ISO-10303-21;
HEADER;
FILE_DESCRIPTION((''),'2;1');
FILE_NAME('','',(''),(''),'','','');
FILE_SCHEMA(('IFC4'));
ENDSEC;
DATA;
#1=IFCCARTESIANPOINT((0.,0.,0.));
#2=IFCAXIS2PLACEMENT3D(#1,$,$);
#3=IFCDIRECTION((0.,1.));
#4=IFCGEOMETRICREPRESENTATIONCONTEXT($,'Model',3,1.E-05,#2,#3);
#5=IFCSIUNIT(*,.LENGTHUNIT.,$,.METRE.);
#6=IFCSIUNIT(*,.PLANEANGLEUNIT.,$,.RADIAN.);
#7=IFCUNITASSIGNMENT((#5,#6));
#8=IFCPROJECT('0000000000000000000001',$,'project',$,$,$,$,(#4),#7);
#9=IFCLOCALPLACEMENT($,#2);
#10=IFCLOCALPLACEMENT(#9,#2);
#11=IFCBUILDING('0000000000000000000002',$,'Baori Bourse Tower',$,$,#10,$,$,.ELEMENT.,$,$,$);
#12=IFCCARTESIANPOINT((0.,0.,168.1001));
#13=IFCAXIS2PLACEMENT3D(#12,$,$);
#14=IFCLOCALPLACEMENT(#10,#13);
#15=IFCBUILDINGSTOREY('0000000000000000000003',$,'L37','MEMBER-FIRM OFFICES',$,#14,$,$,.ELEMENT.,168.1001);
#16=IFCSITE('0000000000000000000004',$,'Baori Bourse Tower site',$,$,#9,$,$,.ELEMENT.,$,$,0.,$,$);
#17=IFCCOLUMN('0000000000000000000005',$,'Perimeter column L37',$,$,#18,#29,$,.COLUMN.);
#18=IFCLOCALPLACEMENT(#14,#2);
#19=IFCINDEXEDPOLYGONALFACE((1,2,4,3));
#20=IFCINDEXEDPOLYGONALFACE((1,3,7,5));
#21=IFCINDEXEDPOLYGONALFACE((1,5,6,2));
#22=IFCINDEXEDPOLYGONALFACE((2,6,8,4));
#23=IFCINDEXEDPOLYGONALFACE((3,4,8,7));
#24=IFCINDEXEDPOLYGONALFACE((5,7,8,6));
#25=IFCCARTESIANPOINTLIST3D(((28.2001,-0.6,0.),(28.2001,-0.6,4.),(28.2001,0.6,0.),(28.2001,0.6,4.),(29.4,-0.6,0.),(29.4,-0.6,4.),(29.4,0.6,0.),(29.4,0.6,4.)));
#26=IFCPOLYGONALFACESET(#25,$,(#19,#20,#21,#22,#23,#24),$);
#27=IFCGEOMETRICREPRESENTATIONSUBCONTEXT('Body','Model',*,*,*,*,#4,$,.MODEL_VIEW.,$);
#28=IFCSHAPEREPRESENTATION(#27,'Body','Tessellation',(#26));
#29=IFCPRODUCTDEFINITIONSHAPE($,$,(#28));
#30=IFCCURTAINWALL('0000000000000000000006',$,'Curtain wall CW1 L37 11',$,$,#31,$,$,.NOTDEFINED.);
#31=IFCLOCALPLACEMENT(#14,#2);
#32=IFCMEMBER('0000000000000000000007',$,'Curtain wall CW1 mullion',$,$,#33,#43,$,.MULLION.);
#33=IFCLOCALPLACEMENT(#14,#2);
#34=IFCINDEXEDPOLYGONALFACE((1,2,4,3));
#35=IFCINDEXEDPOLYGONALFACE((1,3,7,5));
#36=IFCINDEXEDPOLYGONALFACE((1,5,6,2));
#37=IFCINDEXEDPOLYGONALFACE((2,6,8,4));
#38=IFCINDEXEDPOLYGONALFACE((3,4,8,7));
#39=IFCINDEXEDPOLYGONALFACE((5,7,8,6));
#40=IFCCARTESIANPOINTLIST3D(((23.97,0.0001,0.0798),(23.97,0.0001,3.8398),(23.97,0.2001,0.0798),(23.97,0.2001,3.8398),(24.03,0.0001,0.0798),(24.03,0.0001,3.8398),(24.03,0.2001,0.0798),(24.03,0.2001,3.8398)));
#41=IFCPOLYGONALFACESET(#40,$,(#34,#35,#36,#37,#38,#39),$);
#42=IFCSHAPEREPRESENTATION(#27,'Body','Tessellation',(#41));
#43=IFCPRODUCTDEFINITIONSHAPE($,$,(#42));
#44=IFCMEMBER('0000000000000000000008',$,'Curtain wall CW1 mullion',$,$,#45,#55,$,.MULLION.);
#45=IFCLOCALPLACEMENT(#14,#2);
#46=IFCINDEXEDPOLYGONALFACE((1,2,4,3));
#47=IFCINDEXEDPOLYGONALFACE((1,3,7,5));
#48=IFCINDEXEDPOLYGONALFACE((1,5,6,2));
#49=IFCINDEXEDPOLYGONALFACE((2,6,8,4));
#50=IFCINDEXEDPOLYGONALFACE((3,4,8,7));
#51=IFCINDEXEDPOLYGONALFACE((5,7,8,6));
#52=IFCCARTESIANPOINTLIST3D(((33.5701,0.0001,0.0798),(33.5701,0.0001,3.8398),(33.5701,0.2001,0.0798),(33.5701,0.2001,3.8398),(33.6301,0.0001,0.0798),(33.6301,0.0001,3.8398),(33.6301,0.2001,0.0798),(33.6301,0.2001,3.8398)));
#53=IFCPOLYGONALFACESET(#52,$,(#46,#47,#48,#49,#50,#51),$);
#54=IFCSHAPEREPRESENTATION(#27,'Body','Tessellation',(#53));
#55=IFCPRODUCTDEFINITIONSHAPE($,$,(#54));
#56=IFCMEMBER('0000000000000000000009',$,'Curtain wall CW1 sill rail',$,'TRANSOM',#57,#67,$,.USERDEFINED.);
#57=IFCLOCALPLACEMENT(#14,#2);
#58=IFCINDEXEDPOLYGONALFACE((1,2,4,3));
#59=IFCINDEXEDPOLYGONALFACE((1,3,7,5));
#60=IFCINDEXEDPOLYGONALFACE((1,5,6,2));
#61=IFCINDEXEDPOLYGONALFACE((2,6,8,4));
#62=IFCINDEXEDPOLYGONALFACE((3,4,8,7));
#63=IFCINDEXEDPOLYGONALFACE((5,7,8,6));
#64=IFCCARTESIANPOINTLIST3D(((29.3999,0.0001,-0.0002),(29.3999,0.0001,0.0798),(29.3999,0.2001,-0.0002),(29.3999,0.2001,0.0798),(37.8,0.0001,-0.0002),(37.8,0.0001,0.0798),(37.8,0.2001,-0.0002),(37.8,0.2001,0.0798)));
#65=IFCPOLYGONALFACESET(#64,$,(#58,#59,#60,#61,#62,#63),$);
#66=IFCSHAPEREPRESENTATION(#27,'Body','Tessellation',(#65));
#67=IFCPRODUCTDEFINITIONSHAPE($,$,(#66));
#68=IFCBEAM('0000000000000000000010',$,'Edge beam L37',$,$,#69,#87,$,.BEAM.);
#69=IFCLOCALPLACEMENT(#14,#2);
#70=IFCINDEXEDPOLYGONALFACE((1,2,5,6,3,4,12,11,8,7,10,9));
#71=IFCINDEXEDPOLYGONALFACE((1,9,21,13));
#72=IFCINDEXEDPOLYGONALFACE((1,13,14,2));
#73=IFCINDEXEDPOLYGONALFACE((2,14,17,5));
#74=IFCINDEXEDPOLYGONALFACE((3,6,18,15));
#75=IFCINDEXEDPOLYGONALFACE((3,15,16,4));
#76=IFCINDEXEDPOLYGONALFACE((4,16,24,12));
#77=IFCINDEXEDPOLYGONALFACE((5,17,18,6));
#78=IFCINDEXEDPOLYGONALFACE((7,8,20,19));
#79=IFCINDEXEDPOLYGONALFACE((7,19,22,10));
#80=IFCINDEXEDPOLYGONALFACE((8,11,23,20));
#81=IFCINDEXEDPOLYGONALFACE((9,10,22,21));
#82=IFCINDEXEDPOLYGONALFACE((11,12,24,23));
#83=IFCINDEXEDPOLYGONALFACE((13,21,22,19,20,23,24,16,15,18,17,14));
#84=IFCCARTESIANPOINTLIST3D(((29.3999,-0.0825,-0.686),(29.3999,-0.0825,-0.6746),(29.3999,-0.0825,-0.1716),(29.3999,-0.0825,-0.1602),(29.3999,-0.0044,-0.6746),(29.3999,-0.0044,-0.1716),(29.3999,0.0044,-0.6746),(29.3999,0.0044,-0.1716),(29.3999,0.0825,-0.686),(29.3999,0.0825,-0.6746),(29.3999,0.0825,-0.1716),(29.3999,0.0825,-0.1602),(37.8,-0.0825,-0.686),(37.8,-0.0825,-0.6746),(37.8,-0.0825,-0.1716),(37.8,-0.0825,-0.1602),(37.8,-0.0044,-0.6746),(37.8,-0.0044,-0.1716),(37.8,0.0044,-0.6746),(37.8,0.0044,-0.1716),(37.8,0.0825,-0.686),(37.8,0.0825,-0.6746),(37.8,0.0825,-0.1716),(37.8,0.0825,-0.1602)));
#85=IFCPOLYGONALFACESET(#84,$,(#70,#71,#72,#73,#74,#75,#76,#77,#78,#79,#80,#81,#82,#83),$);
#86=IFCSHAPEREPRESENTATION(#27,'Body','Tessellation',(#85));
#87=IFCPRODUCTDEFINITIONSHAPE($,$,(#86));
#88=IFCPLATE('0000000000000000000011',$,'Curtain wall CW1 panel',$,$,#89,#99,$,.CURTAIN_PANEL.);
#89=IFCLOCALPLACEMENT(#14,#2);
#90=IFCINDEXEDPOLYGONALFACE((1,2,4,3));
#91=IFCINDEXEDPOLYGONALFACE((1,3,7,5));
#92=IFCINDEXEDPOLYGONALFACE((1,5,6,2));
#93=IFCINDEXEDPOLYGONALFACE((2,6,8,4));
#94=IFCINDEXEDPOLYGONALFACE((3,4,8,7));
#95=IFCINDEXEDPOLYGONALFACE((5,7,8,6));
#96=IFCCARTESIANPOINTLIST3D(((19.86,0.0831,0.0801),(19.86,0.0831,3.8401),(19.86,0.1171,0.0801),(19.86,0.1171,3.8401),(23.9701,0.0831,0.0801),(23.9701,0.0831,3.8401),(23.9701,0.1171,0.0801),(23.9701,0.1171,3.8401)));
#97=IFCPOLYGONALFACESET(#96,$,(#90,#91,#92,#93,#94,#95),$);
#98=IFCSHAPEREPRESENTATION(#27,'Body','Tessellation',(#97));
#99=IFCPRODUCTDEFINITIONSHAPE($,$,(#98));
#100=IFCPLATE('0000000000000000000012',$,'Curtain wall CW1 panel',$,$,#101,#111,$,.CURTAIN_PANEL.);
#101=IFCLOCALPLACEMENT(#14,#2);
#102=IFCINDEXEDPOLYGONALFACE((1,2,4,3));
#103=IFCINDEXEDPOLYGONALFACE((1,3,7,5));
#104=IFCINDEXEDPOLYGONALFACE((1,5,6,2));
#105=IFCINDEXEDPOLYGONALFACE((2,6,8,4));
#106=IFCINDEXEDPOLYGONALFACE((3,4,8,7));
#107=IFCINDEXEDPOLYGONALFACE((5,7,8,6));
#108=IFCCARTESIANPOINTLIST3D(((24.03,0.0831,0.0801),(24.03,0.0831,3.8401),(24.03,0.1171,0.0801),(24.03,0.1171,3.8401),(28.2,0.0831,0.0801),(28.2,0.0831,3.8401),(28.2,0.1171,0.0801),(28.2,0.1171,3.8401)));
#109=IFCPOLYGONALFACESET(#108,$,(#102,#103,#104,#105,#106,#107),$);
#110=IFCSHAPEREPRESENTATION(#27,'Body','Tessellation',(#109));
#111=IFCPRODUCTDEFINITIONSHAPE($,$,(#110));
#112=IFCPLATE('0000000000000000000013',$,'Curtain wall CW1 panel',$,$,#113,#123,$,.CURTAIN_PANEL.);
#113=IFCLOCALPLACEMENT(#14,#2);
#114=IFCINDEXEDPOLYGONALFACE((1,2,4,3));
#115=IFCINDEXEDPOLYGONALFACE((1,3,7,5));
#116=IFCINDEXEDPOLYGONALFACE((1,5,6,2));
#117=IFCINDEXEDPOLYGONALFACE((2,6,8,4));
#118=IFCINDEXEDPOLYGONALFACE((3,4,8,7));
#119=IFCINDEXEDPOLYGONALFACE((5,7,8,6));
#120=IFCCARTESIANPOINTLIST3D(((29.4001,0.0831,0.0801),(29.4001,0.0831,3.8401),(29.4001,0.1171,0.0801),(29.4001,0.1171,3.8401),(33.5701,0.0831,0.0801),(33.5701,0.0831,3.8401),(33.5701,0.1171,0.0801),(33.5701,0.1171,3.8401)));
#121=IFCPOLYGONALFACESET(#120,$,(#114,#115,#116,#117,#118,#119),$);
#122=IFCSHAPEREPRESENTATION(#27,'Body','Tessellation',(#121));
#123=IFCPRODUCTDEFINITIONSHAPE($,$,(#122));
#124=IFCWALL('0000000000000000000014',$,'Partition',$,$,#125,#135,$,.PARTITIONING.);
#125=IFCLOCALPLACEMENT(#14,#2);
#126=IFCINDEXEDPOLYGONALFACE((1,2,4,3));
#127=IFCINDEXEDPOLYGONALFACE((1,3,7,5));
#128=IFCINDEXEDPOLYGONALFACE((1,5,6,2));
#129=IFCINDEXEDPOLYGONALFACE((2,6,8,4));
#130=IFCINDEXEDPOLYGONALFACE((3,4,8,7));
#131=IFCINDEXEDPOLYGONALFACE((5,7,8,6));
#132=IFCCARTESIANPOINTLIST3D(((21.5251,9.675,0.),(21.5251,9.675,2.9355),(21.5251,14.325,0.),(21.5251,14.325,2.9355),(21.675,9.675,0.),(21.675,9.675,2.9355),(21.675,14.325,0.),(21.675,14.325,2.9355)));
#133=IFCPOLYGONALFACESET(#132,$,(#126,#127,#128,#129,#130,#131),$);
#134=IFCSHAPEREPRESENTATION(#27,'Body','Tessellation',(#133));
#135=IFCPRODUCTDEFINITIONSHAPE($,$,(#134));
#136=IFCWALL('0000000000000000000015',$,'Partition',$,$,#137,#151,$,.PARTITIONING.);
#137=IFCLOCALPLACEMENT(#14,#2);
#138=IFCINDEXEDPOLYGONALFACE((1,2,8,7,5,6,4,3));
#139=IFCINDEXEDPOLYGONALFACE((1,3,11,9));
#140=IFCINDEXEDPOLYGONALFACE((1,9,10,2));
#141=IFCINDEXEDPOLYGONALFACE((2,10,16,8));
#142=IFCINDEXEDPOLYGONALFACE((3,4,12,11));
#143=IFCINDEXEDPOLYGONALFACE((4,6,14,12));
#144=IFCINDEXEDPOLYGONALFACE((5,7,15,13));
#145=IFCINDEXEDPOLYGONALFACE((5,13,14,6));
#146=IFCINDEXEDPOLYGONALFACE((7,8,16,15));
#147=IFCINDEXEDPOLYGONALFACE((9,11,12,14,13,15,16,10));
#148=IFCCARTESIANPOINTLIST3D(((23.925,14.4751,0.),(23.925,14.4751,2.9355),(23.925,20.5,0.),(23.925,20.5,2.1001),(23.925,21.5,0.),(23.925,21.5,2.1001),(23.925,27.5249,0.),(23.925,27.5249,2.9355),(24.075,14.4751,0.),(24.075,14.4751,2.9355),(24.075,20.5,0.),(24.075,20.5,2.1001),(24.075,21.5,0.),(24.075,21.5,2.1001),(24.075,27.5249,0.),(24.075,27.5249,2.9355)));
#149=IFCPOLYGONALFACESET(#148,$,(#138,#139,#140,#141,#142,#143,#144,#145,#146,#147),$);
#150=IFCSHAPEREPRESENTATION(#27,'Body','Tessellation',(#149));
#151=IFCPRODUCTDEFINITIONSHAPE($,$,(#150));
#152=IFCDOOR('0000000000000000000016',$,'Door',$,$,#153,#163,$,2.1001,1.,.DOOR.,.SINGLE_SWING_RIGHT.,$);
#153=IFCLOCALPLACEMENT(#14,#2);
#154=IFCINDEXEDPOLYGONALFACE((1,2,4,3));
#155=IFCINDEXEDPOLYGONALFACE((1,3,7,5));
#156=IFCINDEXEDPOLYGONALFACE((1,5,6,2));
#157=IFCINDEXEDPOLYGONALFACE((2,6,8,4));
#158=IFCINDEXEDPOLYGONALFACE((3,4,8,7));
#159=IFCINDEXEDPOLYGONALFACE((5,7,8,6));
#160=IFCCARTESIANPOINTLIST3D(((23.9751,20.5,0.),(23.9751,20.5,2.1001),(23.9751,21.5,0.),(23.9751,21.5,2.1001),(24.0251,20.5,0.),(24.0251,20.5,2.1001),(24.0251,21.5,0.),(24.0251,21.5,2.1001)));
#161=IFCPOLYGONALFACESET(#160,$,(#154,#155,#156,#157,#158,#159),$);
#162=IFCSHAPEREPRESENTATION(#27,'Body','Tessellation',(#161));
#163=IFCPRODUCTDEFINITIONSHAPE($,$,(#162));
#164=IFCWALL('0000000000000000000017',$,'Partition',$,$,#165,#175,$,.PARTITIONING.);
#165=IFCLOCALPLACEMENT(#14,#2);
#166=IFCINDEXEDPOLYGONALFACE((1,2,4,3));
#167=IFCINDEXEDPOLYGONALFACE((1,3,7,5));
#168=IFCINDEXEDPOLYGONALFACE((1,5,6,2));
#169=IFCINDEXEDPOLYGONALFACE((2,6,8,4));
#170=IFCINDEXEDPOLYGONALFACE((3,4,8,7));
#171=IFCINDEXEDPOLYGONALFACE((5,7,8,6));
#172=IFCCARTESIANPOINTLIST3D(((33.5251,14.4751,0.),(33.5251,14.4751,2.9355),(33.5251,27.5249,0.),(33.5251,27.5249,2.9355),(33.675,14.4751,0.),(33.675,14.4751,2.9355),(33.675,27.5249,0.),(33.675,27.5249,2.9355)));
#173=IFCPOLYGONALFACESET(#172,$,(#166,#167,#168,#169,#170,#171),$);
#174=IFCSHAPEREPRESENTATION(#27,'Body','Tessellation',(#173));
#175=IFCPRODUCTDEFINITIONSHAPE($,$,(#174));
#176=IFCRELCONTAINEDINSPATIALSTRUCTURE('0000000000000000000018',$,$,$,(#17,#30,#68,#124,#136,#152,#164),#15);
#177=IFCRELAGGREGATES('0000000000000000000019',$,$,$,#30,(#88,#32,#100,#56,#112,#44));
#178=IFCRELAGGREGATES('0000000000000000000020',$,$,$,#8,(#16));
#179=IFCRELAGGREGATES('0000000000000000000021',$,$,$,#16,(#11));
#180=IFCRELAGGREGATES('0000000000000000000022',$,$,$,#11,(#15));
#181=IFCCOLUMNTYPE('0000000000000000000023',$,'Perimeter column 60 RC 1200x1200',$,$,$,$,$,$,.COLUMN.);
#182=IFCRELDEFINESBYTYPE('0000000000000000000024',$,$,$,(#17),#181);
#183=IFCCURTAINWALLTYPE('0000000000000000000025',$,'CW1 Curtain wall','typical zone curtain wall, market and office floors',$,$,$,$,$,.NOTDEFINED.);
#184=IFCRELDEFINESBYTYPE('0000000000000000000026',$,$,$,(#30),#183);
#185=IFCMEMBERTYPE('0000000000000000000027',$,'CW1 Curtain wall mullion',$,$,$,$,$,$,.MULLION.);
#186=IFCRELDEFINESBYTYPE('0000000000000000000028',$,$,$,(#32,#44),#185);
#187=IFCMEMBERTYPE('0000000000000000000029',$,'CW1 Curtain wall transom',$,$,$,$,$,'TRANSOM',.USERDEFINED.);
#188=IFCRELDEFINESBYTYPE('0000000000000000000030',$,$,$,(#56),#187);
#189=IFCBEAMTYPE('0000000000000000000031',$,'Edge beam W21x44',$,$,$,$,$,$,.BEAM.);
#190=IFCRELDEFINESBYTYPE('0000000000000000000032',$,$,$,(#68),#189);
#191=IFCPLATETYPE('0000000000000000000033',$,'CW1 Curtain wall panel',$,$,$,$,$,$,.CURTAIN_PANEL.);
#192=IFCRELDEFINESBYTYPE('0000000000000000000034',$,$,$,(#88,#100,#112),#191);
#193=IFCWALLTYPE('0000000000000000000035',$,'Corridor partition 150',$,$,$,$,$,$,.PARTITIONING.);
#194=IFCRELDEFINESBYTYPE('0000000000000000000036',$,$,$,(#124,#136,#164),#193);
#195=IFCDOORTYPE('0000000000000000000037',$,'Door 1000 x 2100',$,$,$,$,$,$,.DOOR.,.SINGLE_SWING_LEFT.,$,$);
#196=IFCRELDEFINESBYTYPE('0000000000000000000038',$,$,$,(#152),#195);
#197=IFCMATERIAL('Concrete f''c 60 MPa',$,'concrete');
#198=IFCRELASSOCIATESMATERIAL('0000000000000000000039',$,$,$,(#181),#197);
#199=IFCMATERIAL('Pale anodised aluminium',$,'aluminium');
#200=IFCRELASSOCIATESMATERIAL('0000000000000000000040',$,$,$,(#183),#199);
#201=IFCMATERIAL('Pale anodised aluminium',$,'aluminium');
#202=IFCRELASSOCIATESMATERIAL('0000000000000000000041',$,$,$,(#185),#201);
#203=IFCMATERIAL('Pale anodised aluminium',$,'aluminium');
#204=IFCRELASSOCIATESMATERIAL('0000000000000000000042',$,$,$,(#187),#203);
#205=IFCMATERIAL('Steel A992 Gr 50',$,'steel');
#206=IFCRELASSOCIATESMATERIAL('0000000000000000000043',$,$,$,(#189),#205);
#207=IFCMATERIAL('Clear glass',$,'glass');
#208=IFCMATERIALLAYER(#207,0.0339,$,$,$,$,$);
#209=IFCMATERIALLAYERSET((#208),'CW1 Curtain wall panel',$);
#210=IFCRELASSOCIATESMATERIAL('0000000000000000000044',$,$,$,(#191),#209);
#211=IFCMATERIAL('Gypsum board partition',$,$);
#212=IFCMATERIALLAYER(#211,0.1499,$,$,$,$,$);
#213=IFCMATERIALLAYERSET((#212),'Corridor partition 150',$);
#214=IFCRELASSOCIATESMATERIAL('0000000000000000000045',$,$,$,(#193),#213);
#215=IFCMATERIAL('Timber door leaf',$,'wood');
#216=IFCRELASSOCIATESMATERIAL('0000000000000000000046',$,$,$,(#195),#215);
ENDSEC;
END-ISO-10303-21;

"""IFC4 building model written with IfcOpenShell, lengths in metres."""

from ifc_helpers import new_model, si_unit, direction, frame, frame_2d, origin, origin_2d, place, context, subcontext, project, spatial, rectangle, i_section, extrude, material, layer, layer_set, material_profile, profile_set, type_object, element, fill, aggregate, save


model = new_model("IFC4")

# Units and contexts
model_context = context("Model", 3, precision=1e-05, world=origin(), true_north=direction((0.0, 1.0)))
body_context = subcontext(model_context, "Body", "Model", "MODEL_VIEW")
ifc_project = project(units=[si_unit("LENGTHUNIT", "METRE"), si_unit("PLANEANGLEUNIT", "RADIAN")], contexts=[model_context])

# Site, building, storey
site_placement = place(None, origin())
site = spatial("IfcSite", under=ifc_project, at=site_placement, Name="Baori Bourse Tower site", CompositionType="ELEMENT", RefElevation=0.0)
building_placement = place(site_placement, origin())
building = spatial("IfcBuilding", under=site, at=building_placement, Name="Baori Bourse Tower", CompositionType="ELEMENT")
storey_placement = place(building_placement, frame((0.0, 0.0, 168.1001)))
storey = spatial("IfcBuildingStorey", under=building, at=storey_placement, Name="L37", Description="MEMBER-FIRM OFFICES", CompositionType="ELEMENT", Elevation=168.1001)

# Column
ifc_material_1 = material(Name="Concrete f'c 60 MPa", Category="concrete")
ifc_material_profile_1 = material_profile(ifc_material_1, rectangle(XDim=1.2, YDim=1.2, at=origin_2d()), Name="RC 1200x1200")
ifc_profile_set_1 = profile_set([ifc_material_profile_1], Name="Concrete f'c 60 MPa")
column_type = type_object("IfcColumnType", Name="Perimeter column 60 RC 1200x1200", PredefinedType="COLUMN", material=ifc_profile_set_1)
column_placement = place(storey_placement, frame((28.8, 0.0, 0.0), z_axis=(0.0, 0.0, 1.0), x_axis=(1.0, 0.0, 0.0)))
element("IfcColumn", 1, at=column_placement, inside=storey, type_object=column_type, Name="Perimeter column L37", PredefinedType="COLUMN", context=body_context, shape_type="SweptSolid", body=[
    extrude(rectangle(XDim=1.2, YDim=1.2, at=origin_2d()), origin(), (0.0, 0.0, 1.0), 4.0),
])

# Curtain wall, members
ifc_material_2 = material(Name="Pale anodised aluminium", Category="aluminium")
curtain_wall_type = type_object("IfcCurtainWallType", Name="CW1 Curtain wall", Description="typical zone curtain wall, market and office floors", PredefinedType="NOTDEFINED", material=ifc_material_2)
curtain_wall_placement = place(storey_placement, origin())
curtain_wall = element("IfcCurtainWall", 2, at=curtain_wall_placement, inside=storey, type_object=curtain_wall_type, Name="Curtain wall CW1 L37 11", PredefinedType="NOTDEFINED")
ifc_material_3 = material(Name="Pale anodised aluminium", Category="aluminium")
ifc_material_profile_2 = material_profile(ifc_material_3, rectangle(XDim=0.2, YDim=0.0601, at=origin_2d()), Name="Mullion 60x200")
ifc_profile_set_2 = profile_set([ifc_material_profile_2], Name="Pale anodised aluminium")
member_type_1 = type_object("IfcMemberType", Name="CW1 Curtain wall mullion", PredefinedType="MULLION", material=ifc_profile_set_2)
member_1_placement = place(storey_placement, frame((24.0, 0.1001, 0.0798), z_axis=(0.0, 0.0, 1.0), x_axis=(0.0, 1.0, 0.0)))
member_1 = element("IfcMember", 3, at=member_1_placement, type_object=member_type_1, Name="Curtain wall CW1 mullion", PredefinedType="MULLION", context=body_context, shape_type="SweptSolid", body=[
    extrude(rectangle(XDim=0.2, YDim=0.0601, at=origin_2d()), origin(), (0.0, 0.0, 1.0), 3.76),
])
member_2_placement = place(storey_placement, frame((33.6001, 0.1001, 0.0798), z_axis=(0.0, 0.0, 1.0), x_axis=(0.0, 1.0, 0.0)))
member_2 = element("IfcMember", 4, at=member_2_placement, type_object=member_type_1, Name="Curtain wall CW1 mullion", PredefinedType="MULLION", context=body_context, shape_type="SweptSolid", body=[
    extrude(rectangle(XDim=0.2, YDim=0.0601, at=origin_2d()), origin(), (0.0, 0.0, 1.0), 3.76),
])
ifc_material_4 = material(Name="Pale anodised aluminium", Category="aluminium")
ifc_material_profile_3 = material_profile(ifc_material_4, rectangle(XDim=0.2, YDim=0.0801, at=origin_2d()), Name="Transom 80x200")
ifc_profile_set_3 = profile_set([ifc_material_profile_3], Name="Pale anodised aluminium")
member_type_2 = type_object("IfcMemberType", Name="CW1 Curtain wall transom", ElementType="TRANSOM", PredefinedType="USERDEFINED", material=ifc_profile_set_3)
member_3_placement = place(storey_placement, frame((29.3999, 0.1001, 0.0398), z_axis=(1.0, 0.0, 0.0), x_axis=(0.0, 1.0, 0.0)))
member_3 = element("IfcMember", 5, at=member_3_placement, type_object=member_type_2, Name="Curtain wall CW1 sill rail", ObjectType="TRANSOM", PredefinedType="USERDEFINED", context=body_context, shape_type="SweptSolid", body=[
    extrude(rectangle(XDim=0.2, YDim=0.0801, at=origin_2d()), origin(), (0.0, 0.0, 1.0), 8.4001),
])

# Beam
ifc_material_5 = material(Name="Steel A992 Gr 50", Category="steel")
ifc_material_profile_4 = material_profile(ifc_material_5, i_section(OverallWidth=0.165, OverallDepth=0.5259, WebThickness=0.0088, FlangeThickness=0.0115, at=origin_2d()), Name="W21x44")
ifc_profile_set_4 = profile_set([ifc_material_profile_4], Name="Steel A992 Gr 50")
beam_type = type_object("IfcBeamType", Name="Edge beam W21x44", PredefinedType="BEAM", material=ifc_profile_set_4)
beam_placement = place(storey_placement, frame((29.3999, 0.0, -0.4231), z_axis=(1.0, 0.0, 0.0), x_axis=(0.0, 1.0, 0.0)))
element("IfcBeam", 6, at=beam_placement, inside=storey, type_object=beam_type, Name="Edge beam L37", PredefinedType="BEAM", context=body_context, shape_type="SweptSolid", body=[
    extrude(i_section(OverallWidth=0.165, OverallDepth=0.5259, WebThickness=0.0088, FlangeThickness=0.0115, at=origin_2d()), origin(), (0.0, 0.0, 1.0), 8.4001),
])

# Plates
ifc_material_6 = material(Name="Clear glass", Category="glass")
ifc_layer_1 = layer(ifc_material_6, 0.0339)
ifc_layer_set_1 = layer_set([ifc_layer_1], Name="CW1 Curtain wall panel")
plate_type = type_object("IfcPlateType", Name="CW1 Curtain wall panel", PredefinedType="CURTAIN_PANEL", material=ifc_layer_set_1)
plate_1_placement = place(storey_placement, frame((21.915, 0.1001, 0.0801), z_axis=(0.0, 0.0, 1.0), x_axis=(1.0, 0.0, 0.0)))
plate_1 = element("IfcPlate", 7, at=plate_1_placement, type_object=plate_type, Name="Curtain wall CW1 panel", PredefinedType="CURTAIN_PANEL", context=body_context, shape_type="SweptSolid", body=[
    extrude(rectangle(XDim=4.1101, YDim=0.0339, at=origin_2d()), origin(), (0.0, 0.0, 1.0), 3.76),
])
plate_2_placement = place(storey_placement, frame((26.115, 0.1001, 0.0801), z_axis=(0.0, 0.0, 1.0), x_axis=(1.0, 0.0, 0.0)))
plate_2 = element("IfcPlate", 8, at=plate_2_placement, type_object=plate_type, Name="Curtain wall CW1 panel", PredefinedType="CURTAIN_PANEL", context=body_context, shape_type="SweptSolid", body=[
    extrude(rectangle(XDim=4.1699, YDim=0.0339, at=origin_2d()), origin(), (0.0, 0.0, 1.0), 3.76),
])
plate_3_placement = place(storey_placement, frame((31.4851, 0.1001, 0.0801), z_axis=(0.0, 0.0, 1.0), x_axis=(1.0, 0.0, 0.0)))
plate_3 = element("IfcPlate", 9, at=plate_3_placement, type_object=plate_type, Name="Curtain wall CW1 panel", PredefinedType="CURTAIN_PANEL", context=body_context, shape_type="SweptSolid", body=[
    extrude(rectangle(XDim=4.1699, YDim=0.0339, at=origin_2d()), origin(), (0.0, 0.0, 1.0), 3.76),
])
aggregate(curtain_wall, [plate_1, member_1, plate_2, member_3, plate_3, member_2])

# Wall
ifc_material_7 = material(Name="Gypsum board partition")
ifc_layer_2 = layer(ifc_material_7, 0.1499)
ifc_layer_set_2 = layer_set([ifc_layer_2], Name="Corridor partition 150")
wall_type_1 = type_object("IfcWallType", Name="Corridor partition 150", PredefinedType="PARTITIONING", material=ifc_layer_set_2)
wall_1_placement = place(storey_placement, frame((21.6001, 9.675, 0.0), z_axis=(0.0, 0.0, 1.0), x_axis=(0.0, 1.0, 0.0)))
element("IfcWall", 10, at=wall_1_placement, inside=storey, type_object=wall_type_1, Name="Partition", PredefinedType="PARTITIONING", context=body_context, shape_type="SweptSolid", body=[
    extrude(rectangle(XDim=4.6499, YDim=0.1499, at=frame_2d((2.325, 0.0))), origin(), (0.0, 0.0, 1.0), 2.9355),
])

# Wall, opening, door
wall_2_placement = place(storey_placement, frame((24.0, 14.4751, 0.0), z_axis=(0.0, 0.0, 1.0), x_axis=(0.0, 1.0, 0.0)))
wall_2 = element("IfcWall", 11, at=wall_2_placement, inside=storey, type_object=wall_type_1, Name="Partition", PredefinedType="PARTITIONING", context=body_context, shape_type="SweptSolid", body=[
    extrude(rectangle(XDim=13.0498, YDim=0.1499, at=frame_2d((6.5249, 0.0))), origin(), (0.0, 0.0, 1.0), 2.9355),
])
opening_placement = place(wall_2_placement, frame((6.0249, 0.0, 0.0)))
opening = element("IfcOpeningElement", 12, at=opening_placement, cuts=wall_2, PredefinedType="OPENING", context=body_context, shape_type="SweptSolid", body=[
    extrude(rectangle(XDim=1.0, YDim=2.1001, at=frame_2d((0.5, 1.05))), frame((0.0, 0.085, 0.0), z_axis=(0.0, -1.0, 0.0), x_axis=(1.0, 0.0, 0.0)), (0.0, 0.0, 1.0), 0.1699),
])
ifc_material_8 = material(Name="Timber door leaf", Category="wood")
door_type = type_object("IfcDoorType", Name="Door 1000 x 2100", OperationType="SINGLE_SWING_LEFT", PredefinedType="DOOR", material=ifc_material_8)
door_placement = place(opening_placement, origin())
door = element("IfcDoor", 13, at=door_placement, inside=storey, type_object=door_type, Name="Door", OperationType="SINGLE_SWING_RIGHT", OverallHeight=2.1001, OverallWidth=1.0, PredefinedType="DOOR", context=body_context, shape_type="SweptSolid", body=[
    extrude(rectangle(XDim=1.0, YDim=2.1001, at=frame_2d((0.5, 1.05))), frame((0.0, 0.0249, 0.0), z_axis=(0.0, -1.0, 0.0), x_axis=(1.0, 0.0, 0.0)), (0.0, 0.0, 1.0), 0.05),
])
fill(opening, door)

# Wall
wall_3_placement = place(storey_placement, frame((33.6001, 14.4751, 0.0), z_axis=(0.0, 0.0, 1.0), x_axis=(0.0, 1.0, 0.0)))
element("IfcWall", 14, at=wall_3_placement, inside=storey, type_object=wall_type_1, Name="Partition", PredefinedType="PARTITIONING", context=body_context, shape_type="SweptSolid", body=[
    extrude(rectangle(XDim=13.0498, YDim=0.1499, at=frame_2d((6.5249, 0.0))), origin(), (0.0, 0.0, 1.0), 2.9355),
])

save(model, "model.ifc")
